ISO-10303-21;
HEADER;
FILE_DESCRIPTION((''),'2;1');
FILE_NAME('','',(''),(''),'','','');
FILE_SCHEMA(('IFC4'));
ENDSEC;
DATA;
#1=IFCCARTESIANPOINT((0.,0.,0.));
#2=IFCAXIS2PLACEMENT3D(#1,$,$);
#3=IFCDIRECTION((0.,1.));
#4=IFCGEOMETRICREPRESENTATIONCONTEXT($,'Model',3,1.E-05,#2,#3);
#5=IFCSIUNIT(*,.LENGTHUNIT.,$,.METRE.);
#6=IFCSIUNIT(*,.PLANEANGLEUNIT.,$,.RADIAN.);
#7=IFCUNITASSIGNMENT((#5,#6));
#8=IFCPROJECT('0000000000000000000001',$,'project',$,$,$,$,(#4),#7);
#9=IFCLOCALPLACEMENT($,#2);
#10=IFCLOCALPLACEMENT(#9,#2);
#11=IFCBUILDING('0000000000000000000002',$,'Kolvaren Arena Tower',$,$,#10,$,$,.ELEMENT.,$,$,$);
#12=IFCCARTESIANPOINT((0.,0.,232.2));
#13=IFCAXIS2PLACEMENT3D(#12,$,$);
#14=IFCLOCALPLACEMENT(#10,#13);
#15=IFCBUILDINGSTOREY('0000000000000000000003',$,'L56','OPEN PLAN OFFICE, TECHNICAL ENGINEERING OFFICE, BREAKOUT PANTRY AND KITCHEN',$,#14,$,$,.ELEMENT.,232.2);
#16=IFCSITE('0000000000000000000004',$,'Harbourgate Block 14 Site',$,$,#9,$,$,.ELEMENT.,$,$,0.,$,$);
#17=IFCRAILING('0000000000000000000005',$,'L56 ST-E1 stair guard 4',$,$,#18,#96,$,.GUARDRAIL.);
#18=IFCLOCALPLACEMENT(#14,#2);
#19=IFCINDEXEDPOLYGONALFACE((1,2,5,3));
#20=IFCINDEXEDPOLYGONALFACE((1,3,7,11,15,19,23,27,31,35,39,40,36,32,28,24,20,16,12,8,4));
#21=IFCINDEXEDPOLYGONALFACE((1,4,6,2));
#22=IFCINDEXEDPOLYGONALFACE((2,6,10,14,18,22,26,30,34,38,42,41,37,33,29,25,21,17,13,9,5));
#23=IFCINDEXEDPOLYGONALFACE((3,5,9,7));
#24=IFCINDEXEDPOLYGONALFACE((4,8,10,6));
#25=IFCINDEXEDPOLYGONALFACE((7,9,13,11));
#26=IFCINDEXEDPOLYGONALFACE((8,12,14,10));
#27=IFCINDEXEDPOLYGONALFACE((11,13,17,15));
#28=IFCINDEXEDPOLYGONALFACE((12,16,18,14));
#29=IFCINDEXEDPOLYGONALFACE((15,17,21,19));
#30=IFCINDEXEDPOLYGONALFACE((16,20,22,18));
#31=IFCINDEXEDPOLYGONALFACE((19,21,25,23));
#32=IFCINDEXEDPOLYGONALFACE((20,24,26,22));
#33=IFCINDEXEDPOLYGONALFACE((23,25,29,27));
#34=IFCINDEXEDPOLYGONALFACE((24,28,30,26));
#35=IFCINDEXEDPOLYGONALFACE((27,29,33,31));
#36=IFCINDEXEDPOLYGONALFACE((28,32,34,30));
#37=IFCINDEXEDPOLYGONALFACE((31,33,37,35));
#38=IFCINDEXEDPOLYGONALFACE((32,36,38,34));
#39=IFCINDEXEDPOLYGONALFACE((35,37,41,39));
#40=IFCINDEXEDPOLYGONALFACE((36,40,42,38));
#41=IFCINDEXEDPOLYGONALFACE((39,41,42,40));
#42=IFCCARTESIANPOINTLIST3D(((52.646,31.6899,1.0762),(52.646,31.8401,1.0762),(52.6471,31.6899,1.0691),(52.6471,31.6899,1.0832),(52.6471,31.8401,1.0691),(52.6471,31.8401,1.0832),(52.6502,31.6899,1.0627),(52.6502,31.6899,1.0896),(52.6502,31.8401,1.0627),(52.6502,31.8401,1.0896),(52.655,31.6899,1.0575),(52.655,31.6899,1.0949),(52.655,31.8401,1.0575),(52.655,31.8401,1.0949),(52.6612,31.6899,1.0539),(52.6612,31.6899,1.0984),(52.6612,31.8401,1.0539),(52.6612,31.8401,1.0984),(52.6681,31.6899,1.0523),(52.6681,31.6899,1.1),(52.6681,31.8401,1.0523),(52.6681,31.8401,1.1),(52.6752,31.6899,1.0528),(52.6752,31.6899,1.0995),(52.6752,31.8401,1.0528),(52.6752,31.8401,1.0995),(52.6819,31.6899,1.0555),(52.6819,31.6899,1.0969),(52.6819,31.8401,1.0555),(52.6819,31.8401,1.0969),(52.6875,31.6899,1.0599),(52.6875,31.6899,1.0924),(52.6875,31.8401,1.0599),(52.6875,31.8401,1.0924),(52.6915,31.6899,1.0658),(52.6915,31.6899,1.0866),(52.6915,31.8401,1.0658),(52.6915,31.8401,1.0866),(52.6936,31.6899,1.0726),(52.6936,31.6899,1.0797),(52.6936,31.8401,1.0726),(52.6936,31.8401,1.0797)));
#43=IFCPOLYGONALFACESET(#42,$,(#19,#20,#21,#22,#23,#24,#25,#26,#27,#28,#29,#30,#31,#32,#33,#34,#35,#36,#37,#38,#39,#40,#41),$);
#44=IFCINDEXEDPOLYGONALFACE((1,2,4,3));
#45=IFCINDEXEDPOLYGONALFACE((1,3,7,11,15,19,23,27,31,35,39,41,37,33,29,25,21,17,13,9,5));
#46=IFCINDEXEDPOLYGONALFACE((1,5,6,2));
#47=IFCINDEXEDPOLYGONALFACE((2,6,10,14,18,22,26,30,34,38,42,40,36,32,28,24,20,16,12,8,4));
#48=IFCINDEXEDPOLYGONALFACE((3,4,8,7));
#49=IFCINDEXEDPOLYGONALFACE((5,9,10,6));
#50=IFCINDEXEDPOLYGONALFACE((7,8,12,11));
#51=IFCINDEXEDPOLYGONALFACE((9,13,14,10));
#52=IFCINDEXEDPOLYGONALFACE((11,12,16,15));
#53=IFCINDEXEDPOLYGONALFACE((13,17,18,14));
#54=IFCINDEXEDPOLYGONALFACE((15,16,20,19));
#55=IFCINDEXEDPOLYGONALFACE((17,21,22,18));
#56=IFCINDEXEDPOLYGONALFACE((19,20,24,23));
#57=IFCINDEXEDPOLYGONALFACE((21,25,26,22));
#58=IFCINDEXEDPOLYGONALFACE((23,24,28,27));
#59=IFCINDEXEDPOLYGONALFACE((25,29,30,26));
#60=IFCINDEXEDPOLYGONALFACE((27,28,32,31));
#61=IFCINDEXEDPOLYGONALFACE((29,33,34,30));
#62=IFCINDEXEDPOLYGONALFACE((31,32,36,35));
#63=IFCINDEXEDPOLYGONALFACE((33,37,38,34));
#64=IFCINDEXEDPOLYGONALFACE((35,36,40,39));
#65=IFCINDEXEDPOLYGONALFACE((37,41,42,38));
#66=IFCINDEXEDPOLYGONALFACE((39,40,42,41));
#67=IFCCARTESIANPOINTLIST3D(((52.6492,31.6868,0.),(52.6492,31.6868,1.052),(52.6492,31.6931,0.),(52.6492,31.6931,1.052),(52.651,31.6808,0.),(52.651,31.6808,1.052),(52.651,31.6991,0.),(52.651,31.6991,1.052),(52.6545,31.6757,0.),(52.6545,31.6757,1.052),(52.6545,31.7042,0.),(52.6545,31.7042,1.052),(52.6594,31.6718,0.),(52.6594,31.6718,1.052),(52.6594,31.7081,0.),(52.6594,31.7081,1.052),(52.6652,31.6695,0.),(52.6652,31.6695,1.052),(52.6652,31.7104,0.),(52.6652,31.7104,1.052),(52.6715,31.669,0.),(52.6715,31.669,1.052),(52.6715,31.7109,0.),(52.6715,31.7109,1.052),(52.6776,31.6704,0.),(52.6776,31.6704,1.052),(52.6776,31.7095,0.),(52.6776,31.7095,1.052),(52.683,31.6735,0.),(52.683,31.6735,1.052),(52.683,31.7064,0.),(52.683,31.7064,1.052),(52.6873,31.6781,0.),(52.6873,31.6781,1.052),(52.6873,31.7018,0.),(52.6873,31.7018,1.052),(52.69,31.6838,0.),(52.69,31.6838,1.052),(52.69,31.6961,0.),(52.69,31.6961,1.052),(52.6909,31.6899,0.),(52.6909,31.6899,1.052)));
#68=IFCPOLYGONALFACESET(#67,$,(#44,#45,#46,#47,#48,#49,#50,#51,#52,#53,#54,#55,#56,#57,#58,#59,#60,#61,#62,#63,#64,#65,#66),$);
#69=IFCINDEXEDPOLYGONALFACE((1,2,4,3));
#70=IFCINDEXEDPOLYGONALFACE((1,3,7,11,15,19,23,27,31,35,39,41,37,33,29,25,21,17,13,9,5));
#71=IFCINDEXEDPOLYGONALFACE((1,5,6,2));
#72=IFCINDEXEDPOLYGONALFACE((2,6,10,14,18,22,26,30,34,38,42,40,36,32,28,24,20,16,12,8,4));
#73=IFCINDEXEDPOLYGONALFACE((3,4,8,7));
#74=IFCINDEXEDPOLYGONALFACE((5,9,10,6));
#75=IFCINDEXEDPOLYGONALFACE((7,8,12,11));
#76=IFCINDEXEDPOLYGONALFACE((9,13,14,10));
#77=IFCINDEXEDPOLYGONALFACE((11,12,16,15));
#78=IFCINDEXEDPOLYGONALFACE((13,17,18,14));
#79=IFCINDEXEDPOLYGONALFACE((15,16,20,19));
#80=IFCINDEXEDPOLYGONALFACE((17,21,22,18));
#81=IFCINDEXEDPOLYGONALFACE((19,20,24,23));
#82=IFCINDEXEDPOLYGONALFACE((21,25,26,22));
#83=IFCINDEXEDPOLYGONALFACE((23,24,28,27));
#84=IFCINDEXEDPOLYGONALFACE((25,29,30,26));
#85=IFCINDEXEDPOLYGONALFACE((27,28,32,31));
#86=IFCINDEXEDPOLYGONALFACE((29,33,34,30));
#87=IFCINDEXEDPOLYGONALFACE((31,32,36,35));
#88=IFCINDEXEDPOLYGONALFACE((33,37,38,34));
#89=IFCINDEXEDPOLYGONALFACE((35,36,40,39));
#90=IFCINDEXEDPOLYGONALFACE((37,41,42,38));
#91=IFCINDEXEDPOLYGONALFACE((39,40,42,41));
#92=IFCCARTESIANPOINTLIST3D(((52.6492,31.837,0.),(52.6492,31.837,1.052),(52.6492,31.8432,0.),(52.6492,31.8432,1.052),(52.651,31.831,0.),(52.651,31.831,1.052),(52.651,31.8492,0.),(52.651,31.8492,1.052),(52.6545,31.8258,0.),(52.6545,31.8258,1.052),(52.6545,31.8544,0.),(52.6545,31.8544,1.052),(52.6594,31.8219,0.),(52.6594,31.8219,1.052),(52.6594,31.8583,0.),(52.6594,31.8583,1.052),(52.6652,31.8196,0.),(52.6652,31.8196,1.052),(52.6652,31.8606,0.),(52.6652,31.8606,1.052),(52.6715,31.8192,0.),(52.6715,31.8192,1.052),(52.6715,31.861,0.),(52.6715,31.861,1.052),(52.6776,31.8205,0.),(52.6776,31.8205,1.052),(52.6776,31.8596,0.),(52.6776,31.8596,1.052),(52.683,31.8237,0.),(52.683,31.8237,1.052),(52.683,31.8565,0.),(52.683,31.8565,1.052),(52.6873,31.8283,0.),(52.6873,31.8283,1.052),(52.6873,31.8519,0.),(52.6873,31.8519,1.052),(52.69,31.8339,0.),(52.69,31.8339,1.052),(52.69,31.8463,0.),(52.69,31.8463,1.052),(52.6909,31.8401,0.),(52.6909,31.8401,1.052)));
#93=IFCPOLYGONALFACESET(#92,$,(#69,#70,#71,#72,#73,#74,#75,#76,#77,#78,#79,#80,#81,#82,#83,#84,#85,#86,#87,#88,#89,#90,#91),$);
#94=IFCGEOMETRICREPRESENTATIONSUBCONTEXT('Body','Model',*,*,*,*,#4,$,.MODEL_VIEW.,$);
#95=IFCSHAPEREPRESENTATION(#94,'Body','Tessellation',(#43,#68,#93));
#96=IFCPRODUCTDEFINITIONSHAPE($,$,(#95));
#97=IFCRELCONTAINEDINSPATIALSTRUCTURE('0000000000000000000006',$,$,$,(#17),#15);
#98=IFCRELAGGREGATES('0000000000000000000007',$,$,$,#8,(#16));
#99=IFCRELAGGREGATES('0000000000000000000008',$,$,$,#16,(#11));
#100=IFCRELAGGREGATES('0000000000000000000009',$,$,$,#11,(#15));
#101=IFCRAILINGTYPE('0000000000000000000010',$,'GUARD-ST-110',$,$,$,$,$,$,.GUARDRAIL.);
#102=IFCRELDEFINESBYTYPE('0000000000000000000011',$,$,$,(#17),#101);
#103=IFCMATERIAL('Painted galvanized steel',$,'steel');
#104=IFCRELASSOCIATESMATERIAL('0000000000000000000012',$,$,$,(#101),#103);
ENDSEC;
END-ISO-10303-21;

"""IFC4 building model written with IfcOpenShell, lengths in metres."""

from ifc_helpers import new_model, si_unit, direction, frame, origin, origin_2d, place, context, subcontext, project, spatial, circle, extrude, material, type_object, element, save


model = new_model("IFC4")

# Units and contexts
model_context = context("Model", 3, precision=1e-05, world=origin(), true_north=direction((0.0, 1.0)))
body_context = subcontext(model_context, "Body", "Model", "MODEL_VIEW")
ifc_project = project(units=[si_unit("LENGTHUNIT", "METRE"), si_unit("PLANEANGLEUNIT", "RADIAN")], contexts=[model_context])

# Site, building, storey
site_placement = place(None, origin())
site = spatial("IfcSite", under=ifc_project, at=site_placement, Name="Harbourgate Block 14 Site", CompositionType="ELEMENT", RefElevation=0.0)
building_placement = place(site_placement, origin())
building = spatial("IfcBuilding", under=site, at=building_placement, Name="Kolvaren Arena Tower", CompositionType="ELEMENT")
storey_placement = place(building_placement, frame((0.0, 0.0, 232.2)))
storey = spatial("IfcBuildingStorey", under=building, at=storey_placement, Name="L56", Description="OPEN PLAN OFFICE, TECHNICAL ENGINEERING OFFICE, BREAKOUT PANTRY AND KITCHEN", CompositionType="ELEMENT", Elevation=232.2)

# Railing
ifc_material_1 = material(Name="Painted galvanized steel", Category="steel")
railing_type_1 = type_object("IfcRailingType", Name="GUARD-ST-110", PredefinedType="GUARDRAIL", material=ifc_material_1)
railing_1_placement = place(storey_placement, frame((52.6699, 31.6899, 0.0)))
element("IfcRailing", 1, at=railing_1_placement, inside=storey, type_object=railing_type_1, Name="L56 ST-E1 stair guard 4", PredefinedType="GUARDRAIL", context=body_context, shape_type="SweptSolid", body=[
    extrude(circle(Radius=0.0239, at=origin_2d()), frame((0.0, 0.0, 1.0762), z_axis=(0.0, 1.0, 0.0), x_axis=(-1.0, 0.0, 0.0)), (0.0, 0.0, 1.0), 0.1501),
    extrude(circle(Radius=0.021, at=origin_2d()), origin(), (0.0, 0.0, 1.0), 1.052),
    extrude(circle(Radius=0.021, at=origin_2d()), frame((0.0, 0.1501, 0.0)), (0.0, 0.0, 1.0), 1.052),
])

save(model, "model.ifc")
